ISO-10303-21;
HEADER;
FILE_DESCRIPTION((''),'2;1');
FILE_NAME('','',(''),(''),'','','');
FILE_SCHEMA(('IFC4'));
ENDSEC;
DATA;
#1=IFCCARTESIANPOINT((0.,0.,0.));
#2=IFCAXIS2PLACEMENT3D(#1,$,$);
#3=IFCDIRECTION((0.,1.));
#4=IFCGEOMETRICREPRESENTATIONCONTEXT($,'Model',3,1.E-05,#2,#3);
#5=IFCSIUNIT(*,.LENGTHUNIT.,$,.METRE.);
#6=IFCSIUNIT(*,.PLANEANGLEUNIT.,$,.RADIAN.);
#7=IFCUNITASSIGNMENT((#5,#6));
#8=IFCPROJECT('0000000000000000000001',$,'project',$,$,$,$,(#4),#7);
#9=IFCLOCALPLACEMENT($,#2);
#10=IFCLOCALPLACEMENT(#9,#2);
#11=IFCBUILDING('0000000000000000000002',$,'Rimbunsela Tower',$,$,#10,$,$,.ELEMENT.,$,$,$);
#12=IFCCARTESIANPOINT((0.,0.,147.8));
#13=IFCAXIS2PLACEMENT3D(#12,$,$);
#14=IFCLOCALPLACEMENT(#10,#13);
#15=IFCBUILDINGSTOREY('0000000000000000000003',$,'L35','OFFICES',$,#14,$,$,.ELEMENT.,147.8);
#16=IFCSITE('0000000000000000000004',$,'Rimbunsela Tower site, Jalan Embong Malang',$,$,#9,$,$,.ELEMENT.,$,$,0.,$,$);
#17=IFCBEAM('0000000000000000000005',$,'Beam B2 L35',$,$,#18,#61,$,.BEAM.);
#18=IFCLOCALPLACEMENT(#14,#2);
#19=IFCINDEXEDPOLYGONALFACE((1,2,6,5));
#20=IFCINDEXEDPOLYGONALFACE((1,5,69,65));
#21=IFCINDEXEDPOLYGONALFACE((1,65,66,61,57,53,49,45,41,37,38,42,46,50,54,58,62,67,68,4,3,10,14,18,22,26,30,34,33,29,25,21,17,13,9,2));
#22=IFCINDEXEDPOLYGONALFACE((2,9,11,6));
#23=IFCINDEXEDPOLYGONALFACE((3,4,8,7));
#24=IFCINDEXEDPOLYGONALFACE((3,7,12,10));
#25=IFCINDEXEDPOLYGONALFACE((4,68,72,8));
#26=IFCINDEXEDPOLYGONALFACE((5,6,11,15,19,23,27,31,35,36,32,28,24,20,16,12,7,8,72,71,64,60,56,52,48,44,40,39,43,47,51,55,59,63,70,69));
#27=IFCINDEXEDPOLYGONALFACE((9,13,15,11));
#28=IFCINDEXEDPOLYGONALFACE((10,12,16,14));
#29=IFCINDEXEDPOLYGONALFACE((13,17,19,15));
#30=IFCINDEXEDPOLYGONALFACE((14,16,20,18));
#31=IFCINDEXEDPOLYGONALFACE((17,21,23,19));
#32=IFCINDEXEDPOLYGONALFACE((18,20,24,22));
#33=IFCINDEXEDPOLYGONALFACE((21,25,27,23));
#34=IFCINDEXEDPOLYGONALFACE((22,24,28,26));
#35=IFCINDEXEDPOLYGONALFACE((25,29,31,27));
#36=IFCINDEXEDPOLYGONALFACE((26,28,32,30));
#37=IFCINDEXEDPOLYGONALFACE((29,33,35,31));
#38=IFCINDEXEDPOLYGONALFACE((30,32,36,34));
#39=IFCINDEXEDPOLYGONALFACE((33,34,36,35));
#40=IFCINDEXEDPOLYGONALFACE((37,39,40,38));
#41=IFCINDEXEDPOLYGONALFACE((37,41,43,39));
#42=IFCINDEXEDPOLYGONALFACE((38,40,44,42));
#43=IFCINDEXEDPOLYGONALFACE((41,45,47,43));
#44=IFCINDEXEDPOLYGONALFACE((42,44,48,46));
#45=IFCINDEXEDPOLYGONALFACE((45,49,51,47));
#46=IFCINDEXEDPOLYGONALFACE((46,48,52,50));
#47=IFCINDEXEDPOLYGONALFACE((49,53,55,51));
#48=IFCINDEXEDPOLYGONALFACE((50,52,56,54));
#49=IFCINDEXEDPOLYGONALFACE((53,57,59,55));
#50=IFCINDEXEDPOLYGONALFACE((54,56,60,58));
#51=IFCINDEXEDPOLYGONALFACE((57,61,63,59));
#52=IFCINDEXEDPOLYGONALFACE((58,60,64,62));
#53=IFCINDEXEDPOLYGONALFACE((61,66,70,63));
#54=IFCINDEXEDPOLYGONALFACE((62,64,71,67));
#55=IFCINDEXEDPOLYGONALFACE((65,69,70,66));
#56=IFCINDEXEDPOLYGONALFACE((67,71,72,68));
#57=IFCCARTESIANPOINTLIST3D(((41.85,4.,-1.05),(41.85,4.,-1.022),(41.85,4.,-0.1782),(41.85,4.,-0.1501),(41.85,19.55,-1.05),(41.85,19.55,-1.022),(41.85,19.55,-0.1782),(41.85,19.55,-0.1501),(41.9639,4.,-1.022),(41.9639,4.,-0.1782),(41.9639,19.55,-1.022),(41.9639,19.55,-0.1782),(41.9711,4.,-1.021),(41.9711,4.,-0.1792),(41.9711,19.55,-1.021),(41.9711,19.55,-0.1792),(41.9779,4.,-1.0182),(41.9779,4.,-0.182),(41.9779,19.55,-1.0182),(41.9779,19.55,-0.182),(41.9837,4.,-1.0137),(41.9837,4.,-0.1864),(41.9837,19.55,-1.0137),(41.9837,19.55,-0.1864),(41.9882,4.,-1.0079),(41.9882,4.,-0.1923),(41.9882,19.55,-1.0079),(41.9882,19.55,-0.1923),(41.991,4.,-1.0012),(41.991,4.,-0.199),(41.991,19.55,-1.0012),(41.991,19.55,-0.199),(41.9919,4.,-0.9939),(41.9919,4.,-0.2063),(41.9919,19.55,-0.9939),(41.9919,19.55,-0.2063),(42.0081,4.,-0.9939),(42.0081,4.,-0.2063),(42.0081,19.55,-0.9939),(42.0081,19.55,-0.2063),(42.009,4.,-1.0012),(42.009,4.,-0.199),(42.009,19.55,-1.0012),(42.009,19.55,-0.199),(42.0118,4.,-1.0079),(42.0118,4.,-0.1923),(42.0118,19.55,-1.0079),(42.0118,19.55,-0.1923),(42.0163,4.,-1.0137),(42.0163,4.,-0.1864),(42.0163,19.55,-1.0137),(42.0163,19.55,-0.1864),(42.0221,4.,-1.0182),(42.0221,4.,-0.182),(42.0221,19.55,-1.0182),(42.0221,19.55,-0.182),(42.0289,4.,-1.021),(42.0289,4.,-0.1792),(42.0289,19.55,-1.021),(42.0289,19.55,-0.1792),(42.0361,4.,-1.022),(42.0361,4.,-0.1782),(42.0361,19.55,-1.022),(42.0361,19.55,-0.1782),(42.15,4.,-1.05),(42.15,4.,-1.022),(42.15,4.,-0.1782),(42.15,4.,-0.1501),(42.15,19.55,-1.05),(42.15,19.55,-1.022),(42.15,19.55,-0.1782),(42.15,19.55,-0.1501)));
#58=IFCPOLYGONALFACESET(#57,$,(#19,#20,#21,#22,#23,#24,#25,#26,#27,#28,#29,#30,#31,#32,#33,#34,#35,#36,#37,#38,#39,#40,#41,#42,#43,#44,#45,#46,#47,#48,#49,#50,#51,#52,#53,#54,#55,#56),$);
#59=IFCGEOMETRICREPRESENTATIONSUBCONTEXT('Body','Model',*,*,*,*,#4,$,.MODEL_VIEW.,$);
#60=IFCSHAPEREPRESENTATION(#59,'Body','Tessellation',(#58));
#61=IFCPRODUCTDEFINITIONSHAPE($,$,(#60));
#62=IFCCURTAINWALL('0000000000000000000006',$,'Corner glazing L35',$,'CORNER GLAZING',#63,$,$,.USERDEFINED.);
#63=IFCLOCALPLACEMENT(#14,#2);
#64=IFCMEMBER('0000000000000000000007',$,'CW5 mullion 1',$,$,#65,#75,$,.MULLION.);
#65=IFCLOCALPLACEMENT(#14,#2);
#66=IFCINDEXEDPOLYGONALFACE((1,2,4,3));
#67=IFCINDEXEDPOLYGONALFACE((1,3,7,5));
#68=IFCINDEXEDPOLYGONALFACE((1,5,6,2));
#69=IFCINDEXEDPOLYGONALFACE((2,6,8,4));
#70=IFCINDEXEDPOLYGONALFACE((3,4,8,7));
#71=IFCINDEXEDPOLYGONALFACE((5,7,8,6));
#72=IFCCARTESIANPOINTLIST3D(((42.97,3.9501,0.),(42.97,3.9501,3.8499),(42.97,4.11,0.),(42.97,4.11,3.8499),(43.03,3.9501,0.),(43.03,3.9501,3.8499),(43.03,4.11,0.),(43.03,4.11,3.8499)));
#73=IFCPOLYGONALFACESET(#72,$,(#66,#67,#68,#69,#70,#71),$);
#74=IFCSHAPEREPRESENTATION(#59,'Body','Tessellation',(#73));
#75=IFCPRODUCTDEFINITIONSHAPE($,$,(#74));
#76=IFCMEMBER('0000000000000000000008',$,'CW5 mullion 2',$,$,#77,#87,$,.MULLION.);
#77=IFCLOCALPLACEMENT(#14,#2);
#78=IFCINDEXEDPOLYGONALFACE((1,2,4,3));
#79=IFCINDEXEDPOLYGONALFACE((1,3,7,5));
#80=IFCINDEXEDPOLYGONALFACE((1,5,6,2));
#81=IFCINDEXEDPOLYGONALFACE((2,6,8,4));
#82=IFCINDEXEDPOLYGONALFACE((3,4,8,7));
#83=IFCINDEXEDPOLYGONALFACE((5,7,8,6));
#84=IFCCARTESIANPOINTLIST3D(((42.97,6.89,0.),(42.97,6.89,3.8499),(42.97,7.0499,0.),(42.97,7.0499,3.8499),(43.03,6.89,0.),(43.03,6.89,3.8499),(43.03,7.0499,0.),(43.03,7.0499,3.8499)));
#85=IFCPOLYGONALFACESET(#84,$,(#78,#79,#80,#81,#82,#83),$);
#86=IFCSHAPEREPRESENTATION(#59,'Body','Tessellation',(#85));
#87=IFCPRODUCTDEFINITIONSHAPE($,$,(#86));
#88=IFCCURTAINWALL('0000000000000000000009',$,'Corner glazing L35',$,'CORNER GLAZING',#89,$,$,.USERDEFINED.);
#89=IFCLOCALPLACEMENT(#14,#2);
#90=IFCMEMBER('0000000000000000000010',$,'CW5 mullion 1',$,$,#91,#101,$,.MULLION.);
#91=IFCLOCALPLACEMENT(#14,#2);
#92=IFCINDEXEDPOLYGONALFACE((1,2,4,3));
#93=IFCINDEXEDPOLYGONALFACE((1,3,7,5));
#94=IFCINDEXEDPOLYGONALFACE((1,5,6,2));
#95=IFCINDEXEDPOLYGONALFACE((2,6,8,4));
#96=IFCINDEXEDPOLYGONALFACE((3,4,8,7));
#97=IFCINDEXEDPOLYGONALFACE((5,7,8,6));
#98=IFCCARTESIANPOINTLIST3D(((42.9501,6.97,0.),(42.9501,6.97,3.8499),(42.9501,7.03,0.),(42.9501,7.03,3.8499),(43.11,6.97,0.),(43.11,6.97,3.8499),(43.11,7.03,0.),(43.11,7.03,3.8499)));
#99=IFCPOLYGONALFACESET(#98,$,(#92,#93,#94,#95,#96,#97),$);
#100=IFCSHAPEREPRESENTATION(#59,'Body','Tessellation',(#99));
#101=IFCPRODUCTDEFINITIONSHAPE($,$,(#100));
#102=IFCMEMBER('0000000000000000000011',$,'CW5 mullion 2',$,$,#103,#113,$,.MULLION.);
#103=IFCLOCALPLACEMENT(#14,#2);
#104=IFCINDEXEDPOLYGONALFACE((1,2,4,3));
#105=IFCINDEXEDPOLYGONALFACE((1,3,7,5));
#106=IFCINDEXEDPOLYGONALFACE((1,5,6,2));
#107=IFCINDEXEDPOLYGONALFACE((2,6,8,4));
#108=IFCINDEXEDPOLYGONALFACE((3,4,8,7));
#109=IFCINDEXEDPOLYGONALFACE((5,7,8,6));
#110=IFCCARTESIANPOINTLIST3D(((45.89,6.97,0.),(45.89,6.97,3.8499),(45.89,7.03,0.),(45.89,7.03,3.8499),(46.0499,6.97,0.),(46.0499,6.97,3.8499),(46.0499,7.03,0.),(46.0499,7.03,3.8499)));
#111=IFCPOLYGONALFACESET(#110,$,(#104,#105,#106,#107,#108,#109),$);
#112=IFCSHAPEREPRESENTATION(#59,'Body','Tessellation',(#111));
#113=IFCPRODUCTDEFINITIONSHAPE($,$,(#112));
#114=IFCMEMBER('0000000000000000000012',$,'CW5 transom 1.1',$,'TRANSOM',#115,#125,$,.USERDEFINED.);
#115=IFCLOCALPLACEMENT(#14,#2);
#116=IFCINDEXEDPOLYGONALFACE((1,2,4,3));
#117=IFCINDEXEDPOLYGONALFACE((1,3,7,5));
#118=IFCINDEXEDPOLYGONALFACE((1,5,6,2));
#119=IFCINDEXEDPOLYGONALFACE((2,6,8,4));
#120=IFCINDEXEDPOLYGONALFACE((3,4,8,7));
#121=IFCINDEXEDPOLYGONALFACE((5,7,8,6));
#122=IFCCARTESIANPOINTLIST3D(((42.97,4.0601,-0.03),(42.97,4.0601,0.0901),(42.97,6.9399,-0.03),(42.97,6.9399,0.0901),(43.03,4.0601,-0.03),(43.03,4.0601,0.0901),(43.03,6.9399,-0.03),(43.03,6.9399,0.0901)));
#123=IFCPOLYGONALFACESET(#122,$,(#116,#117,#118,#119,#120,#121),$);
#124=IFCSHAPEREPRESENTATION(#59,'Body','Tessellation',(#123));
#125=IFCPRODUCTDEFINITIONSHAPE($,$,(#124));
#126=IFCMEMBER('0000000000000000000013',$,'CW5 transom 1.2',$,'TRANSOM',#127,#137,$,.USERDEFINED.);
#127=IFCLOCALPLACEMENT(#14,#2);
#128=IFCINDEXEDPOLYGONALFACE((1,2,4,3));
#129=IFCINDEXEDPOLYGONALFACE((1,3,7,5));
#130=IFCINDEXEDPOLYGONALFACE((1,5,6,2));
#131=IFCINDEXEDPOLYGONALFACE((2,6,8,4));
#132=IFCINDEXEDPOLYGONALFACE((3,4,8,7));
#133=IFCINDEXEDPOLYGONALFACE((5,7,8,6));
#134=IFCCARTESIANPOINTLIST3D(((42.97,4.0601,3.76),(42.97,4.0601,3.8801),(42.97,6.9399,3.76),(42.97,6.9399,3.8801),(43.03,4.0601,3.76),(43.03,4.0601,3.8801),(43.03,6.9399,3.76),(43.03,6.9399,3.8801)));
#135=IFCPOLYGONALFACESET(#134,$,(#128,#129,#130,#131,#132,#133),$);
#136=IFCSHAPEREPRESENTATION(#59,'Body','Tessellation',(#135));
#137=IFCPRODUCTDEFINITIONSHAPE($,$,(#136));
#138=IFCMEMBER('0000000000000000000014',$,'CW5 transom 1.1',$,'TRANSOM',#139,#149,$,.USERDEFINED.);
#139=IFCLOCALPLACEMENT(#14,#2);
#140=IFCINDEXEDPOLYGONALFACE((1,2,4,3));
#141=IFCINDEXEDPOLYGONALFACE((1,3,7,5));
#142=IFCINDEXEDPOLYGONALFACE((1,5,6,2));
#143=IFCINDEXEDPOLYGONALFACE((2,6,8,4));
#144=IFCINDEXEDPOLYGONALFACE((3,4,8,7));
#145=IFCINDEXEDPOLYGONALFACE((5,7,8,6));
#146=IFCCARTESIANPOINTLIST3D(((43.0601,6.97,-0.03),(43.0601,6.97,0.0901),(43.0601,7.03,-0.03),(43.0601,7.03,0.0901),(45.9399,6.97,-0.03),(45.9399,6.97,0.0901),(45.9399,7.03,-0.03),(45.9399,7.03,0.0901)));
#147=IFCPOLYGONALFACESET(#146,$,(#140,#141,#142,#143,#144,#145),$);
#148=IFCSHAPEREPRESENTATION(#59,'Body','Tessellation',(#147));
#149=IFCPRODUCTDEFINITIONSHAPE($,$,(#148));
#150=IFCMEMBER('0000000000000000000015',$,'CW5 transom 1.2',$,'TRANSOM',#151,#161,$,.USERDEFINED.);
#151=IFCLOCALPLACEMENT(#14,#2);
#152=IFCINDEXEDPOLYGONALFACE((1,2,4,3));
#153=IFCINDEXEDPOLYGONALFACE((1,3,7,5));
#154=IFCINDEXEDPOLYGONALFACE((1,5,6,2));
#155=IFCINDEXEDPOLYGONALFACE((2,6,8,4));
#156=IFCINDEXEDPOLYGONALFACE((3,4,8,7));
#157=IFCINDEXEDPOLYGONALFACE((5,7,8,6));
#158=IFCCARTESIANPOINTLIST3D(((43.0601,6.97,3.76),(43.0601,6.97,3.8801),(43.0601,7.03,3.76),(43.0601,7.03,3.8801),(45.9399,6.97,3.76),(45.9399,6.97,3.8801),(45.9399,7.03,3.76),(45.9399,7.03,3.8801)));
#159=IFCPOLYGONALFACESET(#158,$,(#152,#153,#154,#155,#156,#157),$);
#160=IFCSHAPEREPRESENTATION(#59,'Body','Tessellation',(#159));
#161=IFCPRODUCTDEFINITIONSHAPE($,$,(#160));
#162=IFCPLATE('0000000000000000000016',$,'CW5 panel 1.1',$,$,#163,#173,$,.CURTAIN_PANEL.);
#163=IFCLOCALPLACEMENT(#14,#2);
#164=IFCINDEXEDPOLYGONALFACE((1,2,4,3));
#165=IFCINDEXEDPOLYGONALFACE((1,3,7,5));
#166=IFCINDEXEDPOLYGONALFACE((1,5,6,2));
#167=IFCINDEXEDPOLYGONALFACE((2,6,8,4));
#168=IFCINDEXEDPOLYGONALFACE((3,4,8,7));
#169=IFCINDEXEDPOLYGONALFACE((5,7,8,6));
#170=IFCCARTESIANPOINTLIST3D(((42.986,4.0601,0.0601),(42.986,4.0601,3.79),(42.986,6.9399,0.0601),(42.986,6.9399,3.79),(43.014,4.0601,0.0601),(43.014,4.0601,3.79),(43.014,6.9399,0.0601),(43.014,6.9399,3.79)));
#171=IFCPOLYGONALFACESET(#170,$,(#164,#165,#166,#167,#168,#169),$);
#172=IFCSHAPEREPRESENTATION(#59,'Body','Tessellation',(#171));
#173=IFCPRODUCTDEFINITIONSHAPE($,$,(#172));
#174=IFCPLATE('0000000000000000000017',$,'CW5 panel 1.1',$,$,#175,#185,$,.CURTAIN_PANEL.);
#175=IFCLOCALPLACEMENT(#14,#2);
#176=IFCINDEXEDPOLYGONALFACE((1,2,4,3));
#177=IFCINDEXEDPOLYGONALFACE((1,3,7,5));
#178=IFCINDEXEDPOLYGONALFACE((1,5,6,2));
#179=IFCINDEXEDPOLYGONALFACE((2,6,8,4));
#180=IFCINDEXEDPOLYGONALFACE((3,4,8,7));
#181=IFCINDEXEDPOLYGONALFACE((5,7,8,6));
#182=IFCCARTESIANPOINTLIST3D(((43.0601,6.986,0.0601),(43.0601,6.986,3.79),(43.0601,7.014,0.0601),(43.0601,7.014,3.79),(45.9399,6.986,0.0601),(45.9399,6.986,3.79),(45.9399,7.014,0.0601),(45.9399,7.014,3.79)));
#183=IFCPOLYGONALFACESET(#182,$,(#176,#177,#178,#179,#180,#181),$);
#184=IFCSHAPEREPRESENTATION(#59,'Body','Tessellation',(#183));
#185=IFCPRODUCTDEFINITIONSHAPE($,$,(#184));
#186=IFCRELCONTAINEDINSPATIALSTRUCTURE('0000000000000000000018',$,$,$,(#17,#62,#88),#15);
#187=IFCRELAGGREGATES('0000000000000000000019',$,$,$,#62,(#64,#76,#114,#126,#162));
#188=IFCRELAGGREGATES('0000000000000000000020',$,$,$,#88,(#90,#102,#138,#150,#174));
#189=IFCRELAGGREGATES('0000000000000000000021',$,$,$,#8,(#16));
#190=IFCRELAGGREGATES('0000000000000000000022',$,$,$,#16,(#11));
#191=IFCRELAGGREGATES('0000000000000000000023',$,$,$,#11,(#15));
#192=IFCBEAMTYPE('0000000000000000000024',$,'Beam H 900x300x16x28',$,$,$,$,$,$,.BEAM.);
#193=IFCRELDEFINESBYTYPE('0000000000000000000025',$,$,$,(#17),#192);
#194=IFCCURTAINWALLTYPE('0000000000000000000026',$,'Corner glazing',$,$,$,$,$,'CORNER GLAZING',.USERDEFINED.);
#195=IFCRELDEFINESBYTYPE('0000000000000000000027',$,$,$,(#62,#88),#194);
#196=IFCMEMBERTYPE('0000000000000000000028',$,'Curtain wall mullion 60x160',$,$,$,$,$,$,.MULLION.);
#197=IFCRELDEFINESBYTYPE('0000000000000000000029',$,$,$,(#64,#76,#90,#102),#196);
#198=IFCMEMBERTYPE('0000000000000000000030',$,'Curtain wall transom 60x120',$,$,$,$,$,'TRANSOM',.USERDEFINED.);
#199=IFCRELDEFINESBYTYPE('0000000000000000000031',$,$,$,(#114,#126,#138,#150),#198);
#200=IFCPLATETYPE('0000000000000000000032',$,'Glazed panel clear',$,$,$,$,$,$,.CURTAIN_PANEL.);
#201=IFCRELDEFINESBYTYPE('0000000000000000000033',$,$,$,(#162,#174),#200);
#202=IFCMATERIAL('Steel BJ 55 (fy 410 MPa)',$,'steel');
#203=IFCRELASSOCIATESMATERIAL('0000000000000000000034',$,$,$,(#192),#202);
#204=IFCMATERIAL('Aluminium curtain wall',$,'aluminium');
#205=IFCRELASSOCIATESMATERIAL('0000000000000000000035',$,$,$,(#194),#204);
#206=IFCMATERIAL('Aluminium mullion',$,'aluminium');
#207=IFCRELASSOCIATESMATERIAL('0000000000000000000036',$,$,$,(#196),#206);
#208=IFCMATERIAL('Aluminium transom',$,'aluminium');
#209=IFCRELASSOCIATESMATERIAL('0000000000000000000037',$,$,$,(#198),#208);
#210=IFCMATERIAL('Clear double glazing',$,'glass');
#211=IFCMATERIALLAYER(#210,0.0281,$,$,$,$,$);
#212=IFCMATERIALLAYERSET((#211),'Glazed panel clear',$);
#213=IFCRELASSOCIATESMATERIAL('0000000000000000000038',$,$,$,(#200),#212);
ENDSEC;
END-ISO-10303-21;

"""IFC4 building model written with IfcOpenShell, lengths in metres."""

from ifc_helpers import new_model, si_unit, direction, frame, origin, origin_2d, place, context, subcontext, project, spatial, rectangle, i_section, extrude, material, layer, layer_set, material_profile, profile_set, type_object, element, aggregate, save


model = new_model("IFC4")

# Units and contexts
model_context = context("Model", 3, precision=1e-05, world=origin(), true_north=direction((0.0, 1.0)))
body_context = subcontext(model_context, "Body", "Model", "MODEL_VIEW")
ifc_project = project(units=[si_unit("LENGTHUNIT", "METRE"), si_unit("PLANEANGLEUNIT", "RADIAN")], contexts=[model_context])

# Site, building, storey
site_placement = place(None, origin())
site = spatial("IfcSite", under=ifc_project, at=site_placement, Name="Rimbunsela Tower site, Jalan Embong Malang", CompositionType="ELEMENT", RefElevation=0.0)
building_placement = place(site_placement, origin())
building = spatial("IfcBuilding", under=site, at=building_placement, Name="Rimbunsela Tower", CompositionType="ELEMENT")
storey_placement = place(building_placement, frame((0.0, 0.0, 147.8)))
storey = spatial("IfcBuildingStorey", under=building, at=storey_placement, Name="L35", Description="OFFICES", CompositionType="ELEMENT", Elevation=147.8)

# Beam
ifc_material_1 = material(Name="Steel BJ 55 (fy 410 MPa)", Category="steel")
ifc_material_profile_1 = material_profile(ifc_material_1, i_section(OverallWidth=0.3, OverallDepth=0.8999, WebThickness=0.0161, FlangeThickness=0.0281, FilletRadius=0.0281, at=origin_2d()), Name="H 900x300x16x28")
ifc_profile_set_1 = profile_set([ifc_material_profile_1], Name="Steel BJ 55 (fy 410 MPa)")
beam_type_1 = type_object("IfcBeamType", Name="Beam H 900x300x16x28", PredefinedType="BEAM", material=ifc_profile_set_1)
beam_1_placement = place(storey_placement, frame((42.0, 4.0, -0.6001), z_axis=(0.0, 1.0, 0.0), x_axis=(-1.0, 0.0, 0.0)))
element("IfcBeam", 1, at=beam_1_placement, inside=storey, type_object=beam_type_1, Name="Beam B2 L35", PredefinedType="BEAM", context=body_context, shape_type="SweptSolid", body=[
    extrude(i_section(OverallWidth=0.3, OverallDepth=0.8999, WebThickness=0.0161, FlangeThickness=0.0281, FilletRadius=0.0281, at=origin_2d()), origin(), (0.0, 0.0, 1.0), 15.55),
])

# Curtain walls, members
ifc_material_2 = material(Name="Aluminium curtain wall", Category="aluminium")
curtain_wall_type = type_object("IfcCurtainWallType", Name="Corner glazing", ElementType="CORNER GLAZING", PredefinedType="USERDEFINED", material=ifc_material_2)
curtain_wall_1_placement = place(storey_placement, origin())
curtain_wall_1 = element("IfcCurtainWall", 2, at=curtain_wall_1_placement, inside=storey, type_object=curtain_wall_type, Name="Corner glazing L35", ObjectType="CORNER GLAZING", PredefinedType="USERDEFINED")
ifc_material_3 = material(Name="Aluminium mullion", Category="aluminium")
ifc_material_profile_2 = material_profile(ifc_material_3, rectangle(XDim=0.0601, YDim=0.1599, at=origin_2d()), Name="Mullion 60x160")
ifc_profile_set_2 = profile_set([ifc_material_profile_2], Name="Aluminium mullion")
member_type_1 = type_object("IfcMemberType", Name="Curtain wall mullion 60x160", PredefinedType="MULLION", material=ifc_profile_set_2)
member_1_placement = place(storey_placement, frame((43.0, 4.03, 0.0), z_axis=(0.0, 0.0, 1.0), x_axis=(-1.0, 0.0, 0.0)))
member_1 = element("IfcMember", 3, at=member_1_placement, type_object=member_type_1, Name="CW5 mullion 1", PredefinedType="MULLION", context=body_context, shape_type="SweptSolid", body=[
    extrude(rectangle(XDim=0.0601, YDim=0.1599, at=origin_2d()), origin(), (0.0, 0.0, 1.0), 3.8499),
])
member_2_placement = place(storey_placement, frame((43.0, 6.97, 0.0), z_axis=(0.0, 0.0, 1.0), x_axis=(-1.0, 0.0, 0.0)))
member_2 = element("IfcMember", 4, at=member_2_placement, type_object=member_type_1, Name="CW5 mullion 2", PredefinedType="MULLION", context=body_context, shape_type="SweptSolid", body=[
    extrude(rectangle(XDim=0.0601, YDim=0.1599, at=origin_2d()), origin(), (0.0, 0.0, 1.0), 3.8499),
])
curtain_wall_2_placement = place(storey_placement, origin())
curtain_wall_2 = element("IfcCurtainWall", 5, at=curtain_wall_2_placement, inside=storey, type_object=curtain_wall_type, Name="Corner glazing L35", ObjectType="CORNER GLAZING", PredefinedType="USERDEFINED")
member_3_placement = place(storey_placement, frame((43.03, 7.0, 0.0), z_axis=(0.0, 0.0, 1.0), x_axis=(0.0, 1.0, 0.0)))
member_3 = element("IfcMember", 6, at=member_3_placement, type_object=member_type_1, Name="CW5 mullion 1", PredefinedType="MULLION", context=body_context, shape_type="SweptSolid", body=[
    extrude(rectangle(XDim=0.0601, YDim=0.1599, at=origin_2d()), origin(), (0.0, 0.0, 1.0), 3.8499),
])
member_4_placement = place(storey_placement, frame((45.97, 7.0, 0.0), z_axis=(0.0, 0.0, 1.0), x_axis=(0.0, 1.0, 0.0)))
member_4 = element("IfcMember", 7, at=member_4_placement, type_object=member_type_1, Name="CW5 mullion 2", PredefinedType="MULLION", context=body_context, shape_type="SweptSolid", body=[
    extrude(rectangle(XDim=0.0601, YDim=0.1599, at=origin_2d()), origin(), (0.0, 0.0, 1.0), 3.8499),
])

# Members
ifc_material_4 = material(Name="Aluminium transom", Category="aluminium")
ifc_material_profile_3 = material_profile(ifc_material_4, rectangle(XDim=0.0601, YDim=0.1201, at=origin_2d()), Name="Transom 60x120")
ifc_profile_set_3 = profile_set([ifc_material_profile_3], Name="Aluminium transom")
member_type_2 = type_object("IfcMemberType", Name="Curtain wall transom 60x120", ElementType="TRANSOM", PredefinedType="USERDEFINED", material=ifc_profile_set_3)
member_5_placement = place(storey_placement, frame((43.0, 4.0601, 0.03), z_axis=(0.0, 1.0, 0.0), x_axis=(-1.0, 0.0, 0.0)))
member_5 = element("IfcMember", 8, at=member_5_placement, type_object=member_type_2, Name="CW5 transom 1.1", ObjectType="TRANSOM", PredefinedType="USERDEFINED", context=body_context, shape_type="SweptSolid", body=[
    extrude(rectangle(XDim=0.0601, YDim=0.1201, at=origin_2d()), origin(), (0.0, 0.0, 1.0), 2.8799),
])
member_6_placement = place(storey_placement, frame((43.0, 4.0601, 3.8201), z_axis=(0.0, 1.0, 0.0), x_axis=(-1.0, 0.0, 0.0)))
member_6 = element("IfcMember", 9, at=member_6_placement, type_object=member_type_2, Name="CW5 transom 1.2", ObjectType="TRANSOM", PredefinedType="USERDEFINED", context=body_context, shape_type="SweptSolid", body=[
    extrude(rectangle(XDim=0.0601, YDim=0.1201, at=origin_2d()), origin(), (0.0, 0.0, 1.0), 2.8799),
])
member_7_placement = place(storey_placement, frame((43.0601, 7.0, 0.03), z_axis=(1.0, 0.0, 0.0), x_axis=(0.0, 1.0, 0.0)))
member_7 = element("IfcMember", 10, at=member_7_placement, type_object=member_type_2, Name="CW5 transom 1.1", ObjectType="TRANSOM", PredefinedType="USERDEFINED", context=body_context, shape_type="SweptSolid", body=[
    extrude(rectangle(XDim=0.0601, YDim=0.1201, at=origin_2d()), origin(), (0.0, 0.0, 1.0), 2.8799),
])
member_8_placement = place(storey_placement, frame((43.0601, 7.0, 3.8201), z_axis=(1.0, 0.0, 0.0), x_axis=(0.0, 1.0, 0.0)))
member_8 = element("IfcMember", 11, at=member_8_placement, type_object=member_type_2, Name="CW5 transom 1.2", ObjectType="TRANSOM", PredefinedType="USERDEFINED", context=body_context, shape_type="SweptSolid", body=[
    extrude(rectangle(XDim=0.0601, YDim=0.1201, at=origin_2d()), origin(), (0.0, 0.0, 1.0), 2.8799),
])

# Plates
ifc_material_5 = material(Name="Clear double glazing", Category="glass")
ifc_layer_1 = layer(ifc_material_5, 0.0281)
ifc_layer_set_1 = layer_set([ifc_layer_1], Name="Glazed panel clear")
plate_type = type_object("IfcPlateType", Name="Glazed panel clear", PredefinedType="CURTAIN_PANEL", material=ifc_layer_set_1)
plate_1_placement = place(storey_placement, frame((43.0, 5.5, 0.0601), z_axis=(0.0, 0.0, 1.0), x_axis=(0.0, 1.0, 0.0)))
plate_1 = element("IfcPlate", 12, at=plate_1_placement, type_object=plate_type, Name="CW5 panel 1.1", PredefinedType="CURTAIN_PANEL", context=body_context, shape_type="SweptSolid", body=[
    extrude(rectangle(XDim=2.8799, YDim=0.0281, at=origin_2d()), origin(), (0.0, 0.0, 1.0), 3.73),
])
aggregate(curtain_wall_1, [member_1, member_2, member_5, member_6, plate_1])
plate_2_placement = place(storey_placement, frame((44.5, 7.0, 0.0601), z_axis=(0.0, 0.0, 1.0), x_axis=(1.0, 0.0, 0.0)))
plate_2 = element("IfcPlate", 13, at=plate_2_placement, type_object=plate_type, Name="CW5 panel 1.1", PredefinedType="CURTAIN_PANEL", context=body_context, shape_type="SweptSolid", body=[
    extrude(rectangle(XDim=2.8799, YDim=0.0281, at=origin_2d()), origin(), (0.0, 0.0, 1.0), 3.73),
])
aggregate(curtain_wall_2, [member_3, member_4, member_7, member_8, plate_2])

save(model, "model.ifc")
